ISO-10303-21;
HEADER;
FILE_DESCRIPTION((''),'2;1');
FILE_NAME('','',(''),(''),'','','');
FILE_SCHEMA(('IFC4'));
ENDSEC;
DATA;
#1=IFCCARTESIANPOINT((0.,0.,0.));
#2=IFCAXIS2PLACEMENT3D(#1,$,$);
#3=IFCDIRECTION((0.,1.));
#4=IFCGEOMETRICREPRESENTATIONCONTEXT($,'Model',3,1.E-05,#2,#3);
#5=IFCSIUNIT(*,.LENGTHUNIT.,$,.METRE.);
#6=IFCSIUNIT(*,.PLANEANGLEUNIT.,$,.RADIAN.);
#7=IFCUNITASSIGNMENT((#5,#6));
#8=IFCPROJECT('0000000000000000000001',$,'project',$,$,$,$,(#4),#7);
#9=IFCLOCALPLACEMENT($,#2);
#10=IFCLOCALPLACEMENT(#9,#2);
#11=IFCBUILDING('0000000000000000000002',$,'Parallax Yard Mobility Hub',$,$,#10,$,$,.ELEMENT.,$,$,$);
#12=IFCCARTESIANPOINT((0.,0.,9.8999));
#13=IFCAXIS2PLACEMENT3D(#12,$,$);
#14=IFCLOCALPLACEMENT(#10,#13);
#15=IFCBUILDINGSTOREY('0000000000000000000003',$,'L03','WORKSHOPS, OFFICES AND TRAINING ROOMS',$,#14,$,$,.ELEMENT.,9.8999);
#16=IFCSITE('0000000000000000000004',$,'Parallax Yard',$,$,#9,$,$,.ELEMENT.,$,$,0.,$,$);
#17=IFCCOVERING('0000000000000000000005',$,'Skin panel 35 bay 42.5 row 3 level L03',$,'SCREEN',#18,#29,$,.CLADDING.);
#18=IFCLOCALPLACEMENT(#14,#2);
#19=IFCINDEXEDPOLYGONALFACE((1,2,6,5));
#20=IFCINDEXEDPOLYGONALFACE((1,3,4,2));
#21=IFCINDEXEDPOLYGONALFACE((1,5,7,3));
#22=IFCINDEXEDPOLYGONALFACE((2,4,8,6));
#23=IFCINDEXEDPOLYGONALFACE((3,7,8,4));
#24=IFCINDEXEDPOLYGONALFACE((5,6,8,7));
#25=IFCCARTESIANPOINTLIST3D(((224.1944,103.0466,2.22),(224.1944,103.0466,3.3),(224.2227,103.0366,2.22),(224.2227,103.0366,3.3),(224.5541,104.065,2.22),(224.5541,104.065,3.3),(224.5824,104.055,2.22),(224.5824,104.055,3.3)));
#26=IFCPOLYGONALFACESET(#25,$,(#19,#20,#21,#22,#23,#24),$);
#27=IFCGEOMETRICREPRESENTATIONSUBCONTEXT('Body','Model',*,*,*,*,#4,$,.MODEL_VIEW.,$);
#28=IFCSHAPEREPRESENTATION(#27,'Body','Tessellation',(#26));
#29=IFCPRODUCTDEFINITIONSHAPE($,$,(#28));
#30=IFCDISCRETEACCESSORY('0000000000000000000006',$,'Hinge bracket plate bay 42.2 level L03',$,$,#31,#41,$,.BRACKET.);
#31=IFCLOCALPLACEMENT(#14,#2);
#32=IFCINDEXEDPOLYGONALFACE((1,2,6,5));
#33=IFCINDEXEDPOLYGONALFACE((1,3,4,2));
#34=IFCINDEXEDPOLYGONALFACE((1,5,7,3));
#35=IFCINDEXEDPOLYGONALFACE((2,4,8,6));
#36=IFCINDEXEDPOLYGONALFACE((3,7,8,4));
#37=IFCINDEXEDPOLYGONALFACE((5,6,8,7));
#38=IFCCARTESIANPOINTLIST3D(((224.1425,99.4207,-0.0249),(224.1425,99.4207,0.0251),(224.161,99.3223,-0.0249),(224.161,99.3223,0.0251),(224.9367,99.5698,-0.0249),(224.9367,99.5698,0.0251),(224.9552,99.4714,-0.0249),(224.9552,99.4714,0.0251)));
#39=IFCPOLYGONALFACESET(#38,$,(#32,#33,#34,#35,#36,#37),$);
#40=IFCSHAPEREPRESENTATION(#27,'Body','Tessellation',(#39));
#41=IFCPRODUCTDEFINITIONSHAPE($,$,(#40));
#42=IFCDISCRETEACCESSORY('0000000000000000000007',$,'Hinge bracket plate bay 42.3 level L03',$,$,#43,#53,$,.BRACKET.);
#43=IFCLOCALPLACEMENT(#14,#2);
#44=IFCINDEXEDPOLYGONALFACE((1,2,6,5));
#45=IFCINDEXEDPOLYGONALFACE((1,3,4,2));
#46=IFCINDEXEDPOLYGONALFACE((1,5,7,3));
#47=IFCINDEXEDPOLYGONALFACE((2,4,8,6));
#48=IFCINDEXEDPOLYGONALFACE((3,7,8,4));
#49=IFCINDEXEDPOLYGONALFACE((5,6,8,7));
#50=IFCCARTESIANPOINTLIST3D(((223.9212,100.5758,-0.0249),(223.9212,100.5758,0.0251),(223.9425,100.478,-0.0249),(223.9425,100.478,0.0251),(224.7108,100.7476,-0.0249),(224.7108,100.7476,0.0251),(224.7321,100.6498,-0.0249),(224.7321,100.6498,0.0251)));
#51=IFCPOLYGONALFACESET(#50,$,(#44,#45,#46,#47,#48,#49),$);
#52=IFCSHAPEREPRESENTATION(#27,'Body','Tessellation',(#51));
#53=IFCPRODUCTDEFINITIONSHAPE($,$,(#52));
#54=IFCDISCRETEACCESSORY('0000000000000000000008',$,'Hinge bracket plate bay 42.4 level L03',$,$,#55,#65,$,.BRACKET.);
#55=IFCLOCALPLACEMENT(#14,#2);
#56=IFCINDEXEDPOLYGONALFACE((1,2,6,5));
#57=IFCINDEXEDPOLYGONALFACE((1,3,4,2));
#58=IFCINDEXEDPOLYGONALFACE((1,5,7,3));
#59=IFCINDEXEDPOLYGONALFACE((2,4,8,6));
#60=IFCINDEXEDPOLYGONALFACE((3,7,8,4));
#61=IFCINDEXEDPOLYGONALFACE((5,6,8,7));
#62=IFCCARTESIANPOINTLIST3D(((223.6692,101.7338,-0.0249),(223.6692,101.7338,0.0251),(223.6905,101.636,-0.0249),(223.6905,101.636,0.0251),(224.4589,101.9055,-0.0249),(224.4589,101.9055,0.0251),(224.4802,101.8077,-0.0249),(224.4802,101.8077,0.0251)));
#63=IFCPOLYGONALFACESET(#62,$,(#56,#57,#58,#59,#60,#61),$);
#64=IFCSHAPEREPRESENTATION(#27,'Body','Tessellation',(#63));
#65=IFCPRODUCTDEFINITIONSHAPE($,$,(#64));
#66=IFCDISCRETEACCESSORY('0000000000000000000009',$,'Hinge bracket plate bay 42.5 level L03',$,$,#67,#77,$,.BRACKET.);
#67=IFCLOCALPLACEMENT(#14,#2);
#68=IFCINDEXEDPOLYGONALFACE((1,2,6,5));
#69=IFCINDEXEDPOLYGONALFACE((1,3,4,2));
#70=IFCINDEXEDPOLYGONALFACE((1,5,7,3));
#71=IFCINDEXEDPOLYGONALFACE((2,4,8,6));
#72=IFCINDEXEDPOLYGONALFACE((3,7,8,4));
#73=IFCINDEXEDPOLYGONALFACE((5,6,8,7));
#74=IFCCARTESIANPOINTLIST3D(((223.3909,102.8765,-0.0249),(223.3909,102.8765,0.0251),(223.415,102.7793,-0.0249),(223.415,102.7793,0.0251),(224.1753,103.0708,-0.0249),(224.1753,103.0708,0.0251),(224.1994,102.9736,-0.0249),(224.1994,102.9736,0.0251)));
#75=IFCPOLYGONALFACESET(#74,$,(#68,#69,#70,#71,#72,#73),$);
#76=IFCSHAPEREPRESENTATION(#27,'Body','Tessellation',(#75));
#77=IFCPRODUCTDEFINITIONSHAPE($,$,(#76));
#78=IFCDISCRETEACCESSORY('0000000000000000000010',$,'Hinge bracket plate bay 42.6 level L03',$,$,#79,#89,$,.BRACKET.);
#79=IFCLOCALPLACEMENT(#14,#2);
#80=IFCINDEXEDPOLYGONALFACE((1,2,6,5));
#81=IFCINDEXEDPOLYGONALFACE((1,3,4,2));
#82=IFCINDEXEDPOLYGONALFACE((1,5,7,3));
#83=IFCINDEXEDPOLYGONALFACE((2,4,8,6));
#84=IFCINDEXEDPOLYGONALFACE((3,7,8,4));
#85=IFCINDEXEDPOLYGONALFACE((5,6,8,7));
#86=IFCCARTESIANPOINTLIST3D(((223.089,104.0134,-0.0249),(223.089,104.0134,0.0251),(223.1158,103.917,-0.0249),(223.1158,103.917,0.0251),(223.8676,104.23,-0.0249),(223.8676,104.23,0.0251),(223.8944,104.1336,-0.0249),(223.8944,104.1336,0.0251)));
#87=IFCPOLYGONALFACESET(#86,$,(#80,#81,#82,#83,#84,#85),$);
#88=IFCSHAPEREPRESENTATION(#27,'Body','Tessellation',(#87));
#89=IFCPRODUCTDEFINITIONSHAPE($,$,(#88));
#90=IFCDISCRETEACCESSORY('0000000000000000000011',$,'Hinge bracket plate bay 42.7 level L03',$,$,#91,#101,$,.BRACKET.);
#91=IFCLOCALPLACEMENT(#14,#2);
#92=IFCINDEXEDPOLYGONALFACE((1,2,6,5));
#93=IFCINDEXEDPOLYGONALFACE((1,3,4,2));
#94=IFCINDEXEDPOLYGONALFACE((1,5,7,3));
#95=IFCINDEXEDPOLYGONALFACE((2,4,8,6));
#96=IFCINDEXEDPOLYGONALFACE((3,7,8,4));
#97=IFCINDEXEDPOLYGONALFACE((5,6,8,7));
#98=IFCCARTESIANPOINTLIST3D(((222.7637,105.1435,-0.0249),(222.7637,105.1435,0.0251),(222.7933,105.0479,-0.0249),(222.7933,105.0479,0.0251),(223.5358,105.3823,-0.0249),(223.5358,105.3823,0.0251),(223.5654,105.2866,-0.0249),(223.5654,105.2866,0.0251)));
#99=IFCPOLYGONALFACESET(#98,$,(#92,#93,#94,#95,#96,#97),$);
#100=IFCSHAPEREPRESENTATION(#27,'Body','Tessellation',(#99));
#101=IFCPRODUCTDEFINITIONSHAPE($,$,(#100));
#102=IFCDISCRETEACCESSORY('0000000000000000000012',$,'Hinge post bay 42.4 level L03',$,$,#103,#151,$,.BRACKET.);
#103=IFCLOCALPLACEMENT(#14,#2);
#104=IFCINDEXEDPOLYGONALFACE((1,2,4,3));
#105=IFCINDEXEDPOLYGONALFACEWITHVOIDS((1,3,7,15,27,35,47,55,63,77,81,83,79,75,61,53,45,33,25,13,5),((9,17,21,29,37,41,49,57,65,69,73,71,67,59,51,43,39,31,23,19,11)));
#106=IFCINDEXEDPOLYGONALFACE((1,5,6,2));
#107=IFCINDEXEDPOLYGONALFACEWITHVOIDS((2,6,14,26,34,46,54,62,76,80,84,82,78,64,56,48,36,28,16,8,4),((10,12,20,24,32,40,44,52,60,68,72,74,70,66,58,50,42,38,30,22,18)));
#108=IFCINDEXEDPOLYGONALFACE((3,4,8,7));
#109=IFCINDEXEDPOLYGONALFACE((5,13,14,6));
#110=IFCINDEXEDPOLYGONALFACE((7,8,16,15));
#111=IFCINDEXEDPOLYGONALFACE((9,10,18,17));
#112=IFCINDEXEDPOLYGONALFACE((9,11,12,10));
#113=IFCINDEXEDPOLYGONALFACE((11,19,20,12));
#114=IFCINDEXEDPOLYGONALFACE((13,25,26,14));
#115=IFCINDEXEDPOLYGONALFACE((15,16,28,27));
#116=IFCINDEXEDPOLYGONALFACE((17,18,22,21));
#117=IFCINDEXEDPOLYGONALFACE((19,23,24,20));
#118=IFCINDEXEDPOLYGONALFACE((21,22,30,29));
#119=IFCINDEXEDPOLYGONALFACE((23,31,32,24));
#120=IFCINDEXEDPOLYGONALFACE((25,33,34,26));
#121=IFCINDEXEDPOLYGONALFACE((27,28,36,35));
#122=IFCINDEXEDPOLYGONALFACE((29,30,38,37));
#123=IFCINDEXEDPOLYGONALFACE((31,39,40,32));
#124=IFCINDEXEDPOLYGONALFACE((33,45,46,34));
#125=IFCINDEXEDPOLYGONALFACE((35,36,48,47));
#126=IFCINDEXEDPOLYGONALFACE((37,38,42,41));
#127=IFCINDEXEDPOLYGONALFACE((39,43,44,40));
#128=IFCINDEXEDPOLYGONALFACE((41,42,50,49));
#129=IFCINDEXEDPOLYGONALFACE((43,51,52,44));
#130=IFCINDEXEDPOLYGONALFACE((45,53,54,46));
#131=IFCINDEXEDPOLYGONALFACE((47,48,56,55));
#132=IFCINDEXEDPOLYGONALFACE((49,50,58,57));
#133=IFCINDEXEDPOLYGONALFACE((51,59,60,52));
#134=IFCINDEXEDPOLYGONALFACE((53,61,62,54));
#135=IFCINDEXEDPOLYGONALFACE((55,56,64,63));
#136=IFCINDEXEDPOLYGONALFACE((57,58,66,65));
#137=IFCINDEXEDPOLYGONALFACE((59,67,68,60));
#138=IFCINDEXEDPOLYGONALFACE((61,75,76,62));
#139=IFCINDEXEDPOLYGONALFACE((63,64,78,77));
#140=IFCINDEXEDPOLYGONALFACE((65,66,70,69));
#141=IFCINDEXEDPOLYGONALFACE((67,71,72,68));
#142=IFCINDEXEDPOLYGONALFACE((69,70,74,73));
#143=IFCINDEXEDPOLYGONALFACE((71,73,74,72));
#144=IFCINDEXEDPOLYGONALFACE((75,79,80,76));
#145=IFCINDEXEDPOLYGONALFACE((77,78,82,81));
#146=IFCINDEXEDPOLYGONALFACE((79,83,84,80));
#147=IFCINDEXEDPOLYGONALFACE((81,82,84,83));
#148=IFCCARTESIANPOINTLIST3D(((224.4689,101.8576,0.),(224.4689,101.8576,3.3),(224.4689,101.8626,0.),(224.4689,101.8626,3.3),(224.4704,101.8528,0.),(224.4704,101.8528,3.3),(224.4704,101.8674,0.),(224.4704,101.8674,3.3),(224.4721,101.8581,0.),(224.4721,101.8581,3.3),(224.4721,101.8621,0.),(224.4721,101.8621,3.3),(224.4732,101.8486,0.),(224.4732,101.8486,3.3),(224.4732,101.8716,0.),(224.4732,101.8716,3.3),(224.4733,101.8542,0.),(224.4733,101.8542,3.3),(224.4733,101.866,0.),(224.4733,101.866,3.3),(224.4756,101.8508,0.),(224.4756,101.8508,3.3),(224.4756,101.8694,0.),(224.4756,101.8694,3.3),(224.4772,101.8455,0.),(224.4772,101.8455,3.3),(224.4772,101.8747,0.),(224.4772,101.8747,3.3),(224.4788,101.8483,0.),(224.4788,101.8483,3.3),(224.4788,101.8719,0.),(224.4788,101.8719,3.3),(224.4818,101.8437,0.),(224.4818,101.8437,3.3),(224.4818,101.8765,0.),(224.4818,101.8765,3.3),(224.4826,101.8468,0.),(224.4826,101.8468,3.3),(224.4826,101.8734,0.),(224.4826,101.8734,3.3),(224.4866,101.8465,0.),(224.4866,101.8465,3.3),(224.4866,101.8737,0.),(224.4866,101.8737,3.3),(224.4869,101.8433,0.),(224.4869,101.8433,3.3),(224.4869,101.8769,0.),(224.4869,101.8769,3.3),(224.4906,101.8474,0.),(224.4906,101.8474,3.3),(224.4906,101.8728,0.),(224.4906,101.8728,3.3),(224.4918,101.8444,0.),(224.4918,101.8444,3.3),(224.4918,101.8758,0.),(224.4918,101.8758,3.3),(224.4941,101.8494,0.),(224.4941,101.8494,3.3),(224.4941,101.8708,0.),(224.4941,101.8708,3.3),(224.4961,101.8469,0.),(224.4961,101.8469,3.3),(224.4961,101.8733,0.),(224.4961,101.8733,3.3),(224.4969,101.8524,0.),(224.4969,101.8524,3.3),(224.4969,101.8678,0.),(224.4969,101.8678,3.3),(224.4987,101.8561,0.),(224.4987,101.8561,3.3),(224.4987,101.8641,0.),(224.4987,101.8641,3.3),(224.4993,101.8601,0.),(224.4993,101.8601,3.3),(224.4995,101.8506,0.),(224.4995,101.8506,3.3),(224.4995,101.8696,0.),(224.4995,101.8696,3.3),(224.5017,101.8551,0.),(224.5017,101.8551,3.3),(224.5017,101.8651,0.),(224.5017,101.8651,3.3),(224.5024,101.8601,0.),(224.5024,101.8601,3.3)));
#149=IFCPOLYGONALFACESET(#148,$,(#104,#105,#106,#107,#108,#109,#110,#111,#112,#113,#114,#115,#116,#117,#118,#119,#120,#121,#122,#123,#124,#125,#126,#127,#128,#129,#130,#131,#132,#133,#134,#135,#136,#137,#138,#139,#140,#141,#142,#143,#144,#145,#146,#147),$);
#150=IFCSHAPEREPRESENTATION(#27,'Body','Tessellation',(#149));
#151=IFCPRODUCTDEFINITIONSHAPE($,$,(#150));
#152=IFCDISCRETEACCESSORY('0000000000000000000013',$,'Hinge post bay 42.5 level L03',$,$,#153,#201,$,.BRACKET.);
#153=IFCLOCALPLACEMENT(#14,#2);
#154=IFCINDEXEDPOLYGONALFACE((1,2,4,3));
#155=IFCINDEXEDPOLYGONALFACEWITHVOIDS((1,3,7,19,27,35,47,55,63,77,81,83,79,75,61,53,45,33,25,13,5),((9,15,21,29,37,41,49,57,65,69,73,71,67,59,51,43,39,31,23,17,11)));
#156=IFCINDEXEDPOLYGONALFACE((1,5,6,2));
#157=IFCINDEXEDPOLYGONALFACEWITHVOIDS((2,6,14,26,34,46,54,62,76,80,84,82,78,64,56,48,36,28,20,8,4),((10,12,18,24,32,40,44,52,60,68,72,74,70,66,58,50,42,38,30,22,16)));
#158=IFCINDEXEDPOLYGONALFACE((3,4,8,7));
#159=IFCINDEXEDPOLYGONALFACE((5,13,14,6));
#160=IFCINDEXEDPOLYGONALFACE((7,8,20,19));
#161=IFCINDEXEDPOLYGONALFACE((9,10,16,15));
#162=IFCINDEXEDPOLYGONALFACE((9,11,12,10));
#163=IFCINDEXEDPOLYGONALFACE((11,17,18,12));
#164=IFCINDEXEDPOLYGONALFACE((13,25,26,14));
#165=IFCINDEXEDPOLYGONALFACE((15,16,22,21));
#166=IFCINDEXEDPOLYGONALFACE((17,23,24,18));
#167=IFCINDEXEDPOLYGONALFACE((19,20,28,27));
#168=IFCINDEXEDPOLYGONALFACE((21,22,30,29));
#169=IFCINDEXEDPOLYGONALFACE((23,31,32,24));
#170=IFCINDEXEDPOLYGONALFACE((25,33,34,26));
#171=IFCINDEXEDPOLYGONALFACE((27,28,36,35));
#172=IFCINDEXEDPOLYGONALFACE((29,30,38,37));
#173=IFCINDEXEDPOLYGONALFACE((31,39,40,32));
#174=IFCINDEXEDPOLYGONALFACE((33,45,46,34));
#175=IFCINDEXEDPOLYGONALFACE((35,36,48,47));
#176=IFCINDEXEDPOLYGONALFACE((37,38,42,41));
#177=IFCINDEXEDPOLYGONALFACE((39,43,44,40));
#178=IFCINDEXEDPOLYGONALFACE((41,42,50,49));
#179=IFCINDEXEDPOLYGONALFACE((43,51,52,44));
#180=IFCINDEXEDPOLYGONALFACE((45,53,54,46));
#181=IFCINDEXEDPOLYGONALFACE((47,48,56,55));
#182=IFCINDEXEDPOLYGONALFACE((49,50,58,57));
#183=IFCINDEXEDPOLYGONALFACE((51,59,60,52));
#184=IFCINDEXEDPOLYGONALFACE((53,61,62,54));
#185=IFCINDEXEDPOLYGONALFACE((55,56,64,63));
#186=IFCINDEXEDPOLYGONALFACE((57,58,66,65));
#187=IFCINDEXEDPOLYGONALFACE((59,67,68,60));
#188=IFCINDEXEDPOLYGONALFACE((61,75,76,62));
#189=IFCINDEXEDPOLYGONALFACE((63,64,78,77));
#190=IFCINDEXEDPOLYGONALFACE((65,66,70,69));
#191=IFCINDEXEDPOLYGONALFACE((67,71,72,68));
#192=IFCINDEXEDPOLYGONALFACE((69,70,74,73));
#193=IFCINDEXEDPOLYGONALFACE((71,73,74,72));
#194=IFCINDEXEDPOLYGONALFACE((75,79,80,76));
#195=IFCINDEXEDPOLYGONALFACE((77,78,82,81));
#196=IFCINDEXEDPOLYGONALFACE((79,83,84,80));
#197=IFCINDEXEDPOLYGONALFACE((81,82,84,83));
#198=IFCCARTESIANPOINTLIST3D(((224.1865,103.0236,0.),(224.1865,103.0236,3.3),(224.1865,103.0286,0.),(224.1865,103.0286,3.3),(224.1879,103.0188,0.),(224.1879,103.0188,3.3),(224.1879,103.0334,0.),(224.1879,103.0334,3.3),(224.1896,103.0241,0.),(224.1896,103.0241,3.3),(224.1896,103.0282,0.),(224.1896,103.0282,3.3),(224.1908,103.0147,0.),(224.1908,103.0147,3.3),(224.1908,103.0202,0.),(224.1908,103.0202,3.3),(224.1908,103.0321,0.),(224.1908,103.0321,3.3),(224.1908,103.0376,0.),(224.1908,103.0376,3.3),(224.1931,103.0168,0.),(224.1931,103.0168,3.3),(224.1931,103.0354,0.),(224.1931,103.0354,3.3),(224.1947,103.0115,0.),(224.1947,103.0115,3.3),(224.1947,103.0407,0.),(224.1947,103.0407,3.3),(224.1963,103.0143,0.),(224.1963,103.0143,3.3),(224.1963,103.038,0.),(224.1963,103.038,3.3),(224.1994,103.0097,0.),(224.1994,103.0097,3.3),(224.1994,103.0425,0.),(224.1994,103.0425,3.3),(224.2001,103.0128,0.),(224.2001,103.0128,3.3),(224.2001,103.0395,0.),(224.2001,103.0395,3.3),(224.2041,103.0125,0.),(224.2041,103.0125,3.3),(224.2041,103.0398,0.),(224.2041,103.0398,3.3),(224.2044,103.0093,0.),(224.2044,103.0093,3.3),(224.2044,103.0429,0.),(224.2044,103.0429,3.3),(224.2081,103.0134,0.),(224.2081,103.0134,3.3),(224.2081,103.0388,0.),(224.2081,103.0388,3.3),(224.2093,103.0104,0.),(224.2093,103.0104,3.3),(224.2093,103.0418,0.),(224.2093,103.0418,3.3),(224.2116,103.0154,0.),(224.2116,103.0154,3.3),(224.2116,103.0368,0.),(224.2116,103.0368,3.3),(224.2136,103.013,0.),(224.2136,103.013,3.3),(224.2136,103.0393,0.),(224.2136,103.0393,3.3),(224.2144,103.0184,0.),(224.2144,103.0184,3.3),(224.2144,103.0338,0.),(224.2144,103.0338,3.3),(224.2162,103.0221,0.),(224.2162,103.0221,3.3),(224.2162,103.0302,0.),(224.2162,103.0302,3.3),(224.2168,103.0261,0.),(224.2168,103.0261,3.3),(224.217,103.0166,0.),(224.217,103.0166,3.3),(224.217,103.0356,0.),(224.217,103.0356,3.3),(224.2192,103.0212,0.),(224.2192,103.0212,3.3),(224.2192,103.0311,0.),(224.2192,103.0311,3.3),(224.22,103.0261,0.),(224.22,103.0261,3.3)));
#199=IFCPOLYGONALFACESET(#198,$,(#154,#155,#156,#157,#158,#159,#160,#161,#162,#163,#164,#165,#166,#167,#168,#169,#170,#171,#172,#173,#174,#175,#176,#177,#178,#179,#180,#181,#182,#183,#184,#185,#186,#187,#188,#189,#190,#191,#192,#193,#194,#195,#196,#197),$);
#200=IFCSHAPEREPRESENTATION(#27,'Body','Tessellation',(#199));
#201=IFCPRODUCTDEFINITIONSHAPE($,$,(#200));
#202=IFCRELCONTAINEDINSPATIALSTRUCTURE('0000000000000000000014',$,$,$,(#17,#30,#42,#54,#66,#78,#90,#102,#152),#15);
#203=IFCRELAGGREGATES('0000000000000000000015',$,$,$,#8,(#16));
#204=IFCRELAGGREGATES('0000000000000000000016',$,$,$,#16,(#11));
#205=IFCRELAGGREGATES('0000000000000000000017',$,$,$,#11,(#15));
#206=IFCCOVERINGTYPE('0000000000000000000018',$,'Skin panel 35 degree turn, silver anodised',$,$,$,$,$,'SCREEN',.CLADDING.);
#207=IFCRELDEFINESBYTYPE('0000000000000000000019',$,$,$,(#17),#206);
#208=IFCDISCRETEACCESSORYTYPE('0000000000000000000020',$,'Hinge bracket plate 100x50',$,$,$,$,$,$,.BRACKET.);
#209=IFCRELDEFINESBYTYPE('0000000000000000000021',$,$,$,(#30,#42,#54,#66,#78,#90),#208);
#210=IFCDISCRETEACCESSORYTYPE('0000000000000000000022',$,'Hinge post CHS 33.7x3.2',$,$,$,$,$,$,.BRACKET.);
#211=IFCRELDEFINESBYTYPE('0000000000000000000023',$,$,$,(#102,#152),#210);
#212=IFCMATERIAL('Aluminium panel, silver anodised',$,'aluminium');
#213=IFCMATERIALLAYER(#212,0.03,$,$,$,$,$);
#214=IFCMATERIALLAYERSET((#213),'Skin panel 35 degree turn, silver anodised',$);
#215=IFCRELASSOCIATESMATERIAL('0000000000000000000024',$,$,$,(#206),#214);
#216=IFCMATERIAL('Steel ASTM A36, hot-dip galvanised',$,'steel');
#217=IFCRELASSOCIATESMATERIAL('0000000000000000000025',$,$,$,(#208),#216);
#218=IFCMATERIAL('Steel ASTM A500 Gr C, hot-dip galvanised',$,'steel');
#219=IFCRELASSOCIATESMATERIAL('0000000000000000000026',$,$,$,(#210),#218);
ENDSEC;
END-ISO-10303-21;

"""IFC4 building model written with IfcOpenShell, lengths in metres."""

from ifc_helpers import new_model, si_unit, direction, frame, origin, origin_2d, place, context, subcontext, project, spatial, rectangle, hollow_circle, extrude, material, layer, layer_set, material_profile, profile_set, type_object, element, save


model = new_model("IFC4")

# Units and contexts
model_context = context("Model", 3, precision=1e-05, world=origin(), true_north=direction((0.0, 1.0)))
body_context = subcontext(model_context, "Body", "Model", "MODEL_VIEW")
ifc_project = project(units=[si_unit("LENGTHUNIT", "METRE"), si_unit("PLANEANGLEUNIT", "RADIAN")], contexts=[model_context])

# Site, building, storey
site_placement = place(None, origin())
site = spatial("IfcSite", under=ifc_project, at=site_placement, Name="Parallax Yard", CompositionType="ELEMENT", RefElevation=0.0)
building_placement = place(site_placement, origin())
building = spatial("IfcBuilding", under=site, at=building_placement, Name="Parallax Yard Mobility Hub", CompositionType="ELEMENT")
storey_placement = place(building_placement, frame((0.0, 0.0, 9.8999)))
storey = spatial("IfcBuildingStorey", under=building, at=storey_placement, Name="L03", Description="WORKSHOPS, OFFICES AND TRAINING ROOMS", CompositionType="ELEMENT", Elevation=9.8999)

# Covering
ifc_material_1 = material(Name="Aluminium panel, silver anodised", Category="aluminium")
ifc_layer_1 = layer(ifc_material_1, 0.03)
ifc_layer_set_1 = layer_set([ifc_layer_1], Name="Skin panel 35 degree turn, silver anodised")
covering_type_1 = type_object("IfcCoveringType", Name="Skin panel 35 degree turn, silver anodised", ElementType="SCREEN", PredefinedType="CLADDING", material=ifc_layer_set_1)
for number, where, z_axis, x_axis, name in (
    (1, (224.3884, 103.5508, 2.22), (0.0, 0.0, 1.0), (0.333058, 0.942906, 0.0), "Skin panel 35 bay 42.5 row 3 level L03"),
):
    element("IfcCovering", number, at=place(storey_placement, frame(where, z_axis=z_axis, x_axis=x_axis)), inside=storey, type_object=covering_type_1, Name=name, ObjectType="SCREEN", PredefinedType="CLADDING", context=body_context, shape_type="SweptSolid", body=[
        extrude(rectangle(XDim=1.0801, YDim=0.03, at=origin_2d()), origin(), (0.0, 0.0, 1.0), 1.0801),
    ])

# Discrete accessories
ifc_material_2 = material(Name="Steel ASTM A36, hot-dip galvanised", Category="steel")
discrete_accessory_type_1 = type_object("IfcDiscreteAccessoryType", Name="Hinge bracket plate 100x50", PredefinedType="BRACKET", material=ifc_material_2)
for number, where, z_axis, x_axis, name in (
    (2, (224.5488, 99.446, -0.0249), (0.0, 0.0, 1.0), (0.982818, 0.184576, 0.0), "Hinge bracket plate bay 42.2 level L03"),
    (3, (224.3267, 100.6128, -0.0249), (0.0, 0.0, 1.0), (0.977147, 0.212565, 0.0), "Hinge bracket plate bay 42.3 level L03"),
    (4, (224.0747, 101.7708, -0.0249), (0.0, 0.0, 1.0), (0.977147, 0.212565, 0.0), "Hinge bracket plate bay 42.4 level L03"),
    (5, (223.7952, 102.925, -0.0249), (0.0, 0.0, 1.0), (0.970678, 0.240382, 0.0), "Hinge bracket plate bay 42.5 level L03"),
    (6, (223.4917, 104.0735, -0.0249), (0.0, 0.0, 1.0), (0.963418, 0.268004, 0.0), "Hinge bracket plate bay 42.6 level L03"),
    (7, (223.1646, 105.2151, -0.0249), (0.0, 0.0, 1.0), (0.955372, 0.295405, 0.0), "Hinge bracket plate bay 42.7 level L03"),
):
    element("IfcDiscreteAccessory", number, at=place(storey_placement, frame(where, z_axis=z_axis, x_axis=x_axis)), inside=storey, type_object=discrete_accessory_type_1, Name=name, PredefinedType="BRACKET", context=body_context, shape_type="SweptSolid", body=[
        extrude(rectangle(XDim=0.8081, YDim=0.1001, at=origin_2d()), origin(), (0.0, 0.0, 1.0), 0.05),
    ])
ifc_material_3 = material(Name="Steel ASTM A500 Gr C, hot-dip galvanised", Category="steel")
ifc_material_profile_1 = material_profile(ifc_material_3, hollow_circle(Radius=0.0168, WallThickness=0.0032, at=origin_2d()), Name="CHS 33.7x3.2")
ifc_profile_set_1 = profile_set([ifc_material_profile_1], Name="Steel ASTM A500 Gr C, hot-dip galvanised")
discrete_accessory_type_2 = type_object("IfcDiscreteAccessoryType", Name="Hinge post CHS 33.7x3.2", PredefinedType="BRACKET", material=ifc_profile_set_1)
for number, where, z_axis, x_axis, name in (
    (8, (224.4856, 101.8601, 0.0), (0.0, 0.0, 1.0), (1.0, 0.0, 0.0), "Hinge post bay 42.4 level L03"),
    (9, (224.2031, 103.0261, 0.0), (0.0, 0.0, 1.0), (1.0, 0.0, 0.0), "Hinge post bay 42.5 level L03"),
):
    element("IfcDiscreteAccessory", number, at=place(storey_placement, frame(where, z_axis=z_axis, x_axis=x_axis)), inside=storey, type_object=discrete_accessory_type_2, Name=name, PredefinedType="BRACKET", context=body_context, shape_type="SweptSolid", body=[
        extrude(hollow_circle(Radius=0.0168, WallThickness=0.0032, at=origin_2d()), origin(), (0.0, 0.0, 1.0), 3.3),
    ])

save(model, "model.ifc")
